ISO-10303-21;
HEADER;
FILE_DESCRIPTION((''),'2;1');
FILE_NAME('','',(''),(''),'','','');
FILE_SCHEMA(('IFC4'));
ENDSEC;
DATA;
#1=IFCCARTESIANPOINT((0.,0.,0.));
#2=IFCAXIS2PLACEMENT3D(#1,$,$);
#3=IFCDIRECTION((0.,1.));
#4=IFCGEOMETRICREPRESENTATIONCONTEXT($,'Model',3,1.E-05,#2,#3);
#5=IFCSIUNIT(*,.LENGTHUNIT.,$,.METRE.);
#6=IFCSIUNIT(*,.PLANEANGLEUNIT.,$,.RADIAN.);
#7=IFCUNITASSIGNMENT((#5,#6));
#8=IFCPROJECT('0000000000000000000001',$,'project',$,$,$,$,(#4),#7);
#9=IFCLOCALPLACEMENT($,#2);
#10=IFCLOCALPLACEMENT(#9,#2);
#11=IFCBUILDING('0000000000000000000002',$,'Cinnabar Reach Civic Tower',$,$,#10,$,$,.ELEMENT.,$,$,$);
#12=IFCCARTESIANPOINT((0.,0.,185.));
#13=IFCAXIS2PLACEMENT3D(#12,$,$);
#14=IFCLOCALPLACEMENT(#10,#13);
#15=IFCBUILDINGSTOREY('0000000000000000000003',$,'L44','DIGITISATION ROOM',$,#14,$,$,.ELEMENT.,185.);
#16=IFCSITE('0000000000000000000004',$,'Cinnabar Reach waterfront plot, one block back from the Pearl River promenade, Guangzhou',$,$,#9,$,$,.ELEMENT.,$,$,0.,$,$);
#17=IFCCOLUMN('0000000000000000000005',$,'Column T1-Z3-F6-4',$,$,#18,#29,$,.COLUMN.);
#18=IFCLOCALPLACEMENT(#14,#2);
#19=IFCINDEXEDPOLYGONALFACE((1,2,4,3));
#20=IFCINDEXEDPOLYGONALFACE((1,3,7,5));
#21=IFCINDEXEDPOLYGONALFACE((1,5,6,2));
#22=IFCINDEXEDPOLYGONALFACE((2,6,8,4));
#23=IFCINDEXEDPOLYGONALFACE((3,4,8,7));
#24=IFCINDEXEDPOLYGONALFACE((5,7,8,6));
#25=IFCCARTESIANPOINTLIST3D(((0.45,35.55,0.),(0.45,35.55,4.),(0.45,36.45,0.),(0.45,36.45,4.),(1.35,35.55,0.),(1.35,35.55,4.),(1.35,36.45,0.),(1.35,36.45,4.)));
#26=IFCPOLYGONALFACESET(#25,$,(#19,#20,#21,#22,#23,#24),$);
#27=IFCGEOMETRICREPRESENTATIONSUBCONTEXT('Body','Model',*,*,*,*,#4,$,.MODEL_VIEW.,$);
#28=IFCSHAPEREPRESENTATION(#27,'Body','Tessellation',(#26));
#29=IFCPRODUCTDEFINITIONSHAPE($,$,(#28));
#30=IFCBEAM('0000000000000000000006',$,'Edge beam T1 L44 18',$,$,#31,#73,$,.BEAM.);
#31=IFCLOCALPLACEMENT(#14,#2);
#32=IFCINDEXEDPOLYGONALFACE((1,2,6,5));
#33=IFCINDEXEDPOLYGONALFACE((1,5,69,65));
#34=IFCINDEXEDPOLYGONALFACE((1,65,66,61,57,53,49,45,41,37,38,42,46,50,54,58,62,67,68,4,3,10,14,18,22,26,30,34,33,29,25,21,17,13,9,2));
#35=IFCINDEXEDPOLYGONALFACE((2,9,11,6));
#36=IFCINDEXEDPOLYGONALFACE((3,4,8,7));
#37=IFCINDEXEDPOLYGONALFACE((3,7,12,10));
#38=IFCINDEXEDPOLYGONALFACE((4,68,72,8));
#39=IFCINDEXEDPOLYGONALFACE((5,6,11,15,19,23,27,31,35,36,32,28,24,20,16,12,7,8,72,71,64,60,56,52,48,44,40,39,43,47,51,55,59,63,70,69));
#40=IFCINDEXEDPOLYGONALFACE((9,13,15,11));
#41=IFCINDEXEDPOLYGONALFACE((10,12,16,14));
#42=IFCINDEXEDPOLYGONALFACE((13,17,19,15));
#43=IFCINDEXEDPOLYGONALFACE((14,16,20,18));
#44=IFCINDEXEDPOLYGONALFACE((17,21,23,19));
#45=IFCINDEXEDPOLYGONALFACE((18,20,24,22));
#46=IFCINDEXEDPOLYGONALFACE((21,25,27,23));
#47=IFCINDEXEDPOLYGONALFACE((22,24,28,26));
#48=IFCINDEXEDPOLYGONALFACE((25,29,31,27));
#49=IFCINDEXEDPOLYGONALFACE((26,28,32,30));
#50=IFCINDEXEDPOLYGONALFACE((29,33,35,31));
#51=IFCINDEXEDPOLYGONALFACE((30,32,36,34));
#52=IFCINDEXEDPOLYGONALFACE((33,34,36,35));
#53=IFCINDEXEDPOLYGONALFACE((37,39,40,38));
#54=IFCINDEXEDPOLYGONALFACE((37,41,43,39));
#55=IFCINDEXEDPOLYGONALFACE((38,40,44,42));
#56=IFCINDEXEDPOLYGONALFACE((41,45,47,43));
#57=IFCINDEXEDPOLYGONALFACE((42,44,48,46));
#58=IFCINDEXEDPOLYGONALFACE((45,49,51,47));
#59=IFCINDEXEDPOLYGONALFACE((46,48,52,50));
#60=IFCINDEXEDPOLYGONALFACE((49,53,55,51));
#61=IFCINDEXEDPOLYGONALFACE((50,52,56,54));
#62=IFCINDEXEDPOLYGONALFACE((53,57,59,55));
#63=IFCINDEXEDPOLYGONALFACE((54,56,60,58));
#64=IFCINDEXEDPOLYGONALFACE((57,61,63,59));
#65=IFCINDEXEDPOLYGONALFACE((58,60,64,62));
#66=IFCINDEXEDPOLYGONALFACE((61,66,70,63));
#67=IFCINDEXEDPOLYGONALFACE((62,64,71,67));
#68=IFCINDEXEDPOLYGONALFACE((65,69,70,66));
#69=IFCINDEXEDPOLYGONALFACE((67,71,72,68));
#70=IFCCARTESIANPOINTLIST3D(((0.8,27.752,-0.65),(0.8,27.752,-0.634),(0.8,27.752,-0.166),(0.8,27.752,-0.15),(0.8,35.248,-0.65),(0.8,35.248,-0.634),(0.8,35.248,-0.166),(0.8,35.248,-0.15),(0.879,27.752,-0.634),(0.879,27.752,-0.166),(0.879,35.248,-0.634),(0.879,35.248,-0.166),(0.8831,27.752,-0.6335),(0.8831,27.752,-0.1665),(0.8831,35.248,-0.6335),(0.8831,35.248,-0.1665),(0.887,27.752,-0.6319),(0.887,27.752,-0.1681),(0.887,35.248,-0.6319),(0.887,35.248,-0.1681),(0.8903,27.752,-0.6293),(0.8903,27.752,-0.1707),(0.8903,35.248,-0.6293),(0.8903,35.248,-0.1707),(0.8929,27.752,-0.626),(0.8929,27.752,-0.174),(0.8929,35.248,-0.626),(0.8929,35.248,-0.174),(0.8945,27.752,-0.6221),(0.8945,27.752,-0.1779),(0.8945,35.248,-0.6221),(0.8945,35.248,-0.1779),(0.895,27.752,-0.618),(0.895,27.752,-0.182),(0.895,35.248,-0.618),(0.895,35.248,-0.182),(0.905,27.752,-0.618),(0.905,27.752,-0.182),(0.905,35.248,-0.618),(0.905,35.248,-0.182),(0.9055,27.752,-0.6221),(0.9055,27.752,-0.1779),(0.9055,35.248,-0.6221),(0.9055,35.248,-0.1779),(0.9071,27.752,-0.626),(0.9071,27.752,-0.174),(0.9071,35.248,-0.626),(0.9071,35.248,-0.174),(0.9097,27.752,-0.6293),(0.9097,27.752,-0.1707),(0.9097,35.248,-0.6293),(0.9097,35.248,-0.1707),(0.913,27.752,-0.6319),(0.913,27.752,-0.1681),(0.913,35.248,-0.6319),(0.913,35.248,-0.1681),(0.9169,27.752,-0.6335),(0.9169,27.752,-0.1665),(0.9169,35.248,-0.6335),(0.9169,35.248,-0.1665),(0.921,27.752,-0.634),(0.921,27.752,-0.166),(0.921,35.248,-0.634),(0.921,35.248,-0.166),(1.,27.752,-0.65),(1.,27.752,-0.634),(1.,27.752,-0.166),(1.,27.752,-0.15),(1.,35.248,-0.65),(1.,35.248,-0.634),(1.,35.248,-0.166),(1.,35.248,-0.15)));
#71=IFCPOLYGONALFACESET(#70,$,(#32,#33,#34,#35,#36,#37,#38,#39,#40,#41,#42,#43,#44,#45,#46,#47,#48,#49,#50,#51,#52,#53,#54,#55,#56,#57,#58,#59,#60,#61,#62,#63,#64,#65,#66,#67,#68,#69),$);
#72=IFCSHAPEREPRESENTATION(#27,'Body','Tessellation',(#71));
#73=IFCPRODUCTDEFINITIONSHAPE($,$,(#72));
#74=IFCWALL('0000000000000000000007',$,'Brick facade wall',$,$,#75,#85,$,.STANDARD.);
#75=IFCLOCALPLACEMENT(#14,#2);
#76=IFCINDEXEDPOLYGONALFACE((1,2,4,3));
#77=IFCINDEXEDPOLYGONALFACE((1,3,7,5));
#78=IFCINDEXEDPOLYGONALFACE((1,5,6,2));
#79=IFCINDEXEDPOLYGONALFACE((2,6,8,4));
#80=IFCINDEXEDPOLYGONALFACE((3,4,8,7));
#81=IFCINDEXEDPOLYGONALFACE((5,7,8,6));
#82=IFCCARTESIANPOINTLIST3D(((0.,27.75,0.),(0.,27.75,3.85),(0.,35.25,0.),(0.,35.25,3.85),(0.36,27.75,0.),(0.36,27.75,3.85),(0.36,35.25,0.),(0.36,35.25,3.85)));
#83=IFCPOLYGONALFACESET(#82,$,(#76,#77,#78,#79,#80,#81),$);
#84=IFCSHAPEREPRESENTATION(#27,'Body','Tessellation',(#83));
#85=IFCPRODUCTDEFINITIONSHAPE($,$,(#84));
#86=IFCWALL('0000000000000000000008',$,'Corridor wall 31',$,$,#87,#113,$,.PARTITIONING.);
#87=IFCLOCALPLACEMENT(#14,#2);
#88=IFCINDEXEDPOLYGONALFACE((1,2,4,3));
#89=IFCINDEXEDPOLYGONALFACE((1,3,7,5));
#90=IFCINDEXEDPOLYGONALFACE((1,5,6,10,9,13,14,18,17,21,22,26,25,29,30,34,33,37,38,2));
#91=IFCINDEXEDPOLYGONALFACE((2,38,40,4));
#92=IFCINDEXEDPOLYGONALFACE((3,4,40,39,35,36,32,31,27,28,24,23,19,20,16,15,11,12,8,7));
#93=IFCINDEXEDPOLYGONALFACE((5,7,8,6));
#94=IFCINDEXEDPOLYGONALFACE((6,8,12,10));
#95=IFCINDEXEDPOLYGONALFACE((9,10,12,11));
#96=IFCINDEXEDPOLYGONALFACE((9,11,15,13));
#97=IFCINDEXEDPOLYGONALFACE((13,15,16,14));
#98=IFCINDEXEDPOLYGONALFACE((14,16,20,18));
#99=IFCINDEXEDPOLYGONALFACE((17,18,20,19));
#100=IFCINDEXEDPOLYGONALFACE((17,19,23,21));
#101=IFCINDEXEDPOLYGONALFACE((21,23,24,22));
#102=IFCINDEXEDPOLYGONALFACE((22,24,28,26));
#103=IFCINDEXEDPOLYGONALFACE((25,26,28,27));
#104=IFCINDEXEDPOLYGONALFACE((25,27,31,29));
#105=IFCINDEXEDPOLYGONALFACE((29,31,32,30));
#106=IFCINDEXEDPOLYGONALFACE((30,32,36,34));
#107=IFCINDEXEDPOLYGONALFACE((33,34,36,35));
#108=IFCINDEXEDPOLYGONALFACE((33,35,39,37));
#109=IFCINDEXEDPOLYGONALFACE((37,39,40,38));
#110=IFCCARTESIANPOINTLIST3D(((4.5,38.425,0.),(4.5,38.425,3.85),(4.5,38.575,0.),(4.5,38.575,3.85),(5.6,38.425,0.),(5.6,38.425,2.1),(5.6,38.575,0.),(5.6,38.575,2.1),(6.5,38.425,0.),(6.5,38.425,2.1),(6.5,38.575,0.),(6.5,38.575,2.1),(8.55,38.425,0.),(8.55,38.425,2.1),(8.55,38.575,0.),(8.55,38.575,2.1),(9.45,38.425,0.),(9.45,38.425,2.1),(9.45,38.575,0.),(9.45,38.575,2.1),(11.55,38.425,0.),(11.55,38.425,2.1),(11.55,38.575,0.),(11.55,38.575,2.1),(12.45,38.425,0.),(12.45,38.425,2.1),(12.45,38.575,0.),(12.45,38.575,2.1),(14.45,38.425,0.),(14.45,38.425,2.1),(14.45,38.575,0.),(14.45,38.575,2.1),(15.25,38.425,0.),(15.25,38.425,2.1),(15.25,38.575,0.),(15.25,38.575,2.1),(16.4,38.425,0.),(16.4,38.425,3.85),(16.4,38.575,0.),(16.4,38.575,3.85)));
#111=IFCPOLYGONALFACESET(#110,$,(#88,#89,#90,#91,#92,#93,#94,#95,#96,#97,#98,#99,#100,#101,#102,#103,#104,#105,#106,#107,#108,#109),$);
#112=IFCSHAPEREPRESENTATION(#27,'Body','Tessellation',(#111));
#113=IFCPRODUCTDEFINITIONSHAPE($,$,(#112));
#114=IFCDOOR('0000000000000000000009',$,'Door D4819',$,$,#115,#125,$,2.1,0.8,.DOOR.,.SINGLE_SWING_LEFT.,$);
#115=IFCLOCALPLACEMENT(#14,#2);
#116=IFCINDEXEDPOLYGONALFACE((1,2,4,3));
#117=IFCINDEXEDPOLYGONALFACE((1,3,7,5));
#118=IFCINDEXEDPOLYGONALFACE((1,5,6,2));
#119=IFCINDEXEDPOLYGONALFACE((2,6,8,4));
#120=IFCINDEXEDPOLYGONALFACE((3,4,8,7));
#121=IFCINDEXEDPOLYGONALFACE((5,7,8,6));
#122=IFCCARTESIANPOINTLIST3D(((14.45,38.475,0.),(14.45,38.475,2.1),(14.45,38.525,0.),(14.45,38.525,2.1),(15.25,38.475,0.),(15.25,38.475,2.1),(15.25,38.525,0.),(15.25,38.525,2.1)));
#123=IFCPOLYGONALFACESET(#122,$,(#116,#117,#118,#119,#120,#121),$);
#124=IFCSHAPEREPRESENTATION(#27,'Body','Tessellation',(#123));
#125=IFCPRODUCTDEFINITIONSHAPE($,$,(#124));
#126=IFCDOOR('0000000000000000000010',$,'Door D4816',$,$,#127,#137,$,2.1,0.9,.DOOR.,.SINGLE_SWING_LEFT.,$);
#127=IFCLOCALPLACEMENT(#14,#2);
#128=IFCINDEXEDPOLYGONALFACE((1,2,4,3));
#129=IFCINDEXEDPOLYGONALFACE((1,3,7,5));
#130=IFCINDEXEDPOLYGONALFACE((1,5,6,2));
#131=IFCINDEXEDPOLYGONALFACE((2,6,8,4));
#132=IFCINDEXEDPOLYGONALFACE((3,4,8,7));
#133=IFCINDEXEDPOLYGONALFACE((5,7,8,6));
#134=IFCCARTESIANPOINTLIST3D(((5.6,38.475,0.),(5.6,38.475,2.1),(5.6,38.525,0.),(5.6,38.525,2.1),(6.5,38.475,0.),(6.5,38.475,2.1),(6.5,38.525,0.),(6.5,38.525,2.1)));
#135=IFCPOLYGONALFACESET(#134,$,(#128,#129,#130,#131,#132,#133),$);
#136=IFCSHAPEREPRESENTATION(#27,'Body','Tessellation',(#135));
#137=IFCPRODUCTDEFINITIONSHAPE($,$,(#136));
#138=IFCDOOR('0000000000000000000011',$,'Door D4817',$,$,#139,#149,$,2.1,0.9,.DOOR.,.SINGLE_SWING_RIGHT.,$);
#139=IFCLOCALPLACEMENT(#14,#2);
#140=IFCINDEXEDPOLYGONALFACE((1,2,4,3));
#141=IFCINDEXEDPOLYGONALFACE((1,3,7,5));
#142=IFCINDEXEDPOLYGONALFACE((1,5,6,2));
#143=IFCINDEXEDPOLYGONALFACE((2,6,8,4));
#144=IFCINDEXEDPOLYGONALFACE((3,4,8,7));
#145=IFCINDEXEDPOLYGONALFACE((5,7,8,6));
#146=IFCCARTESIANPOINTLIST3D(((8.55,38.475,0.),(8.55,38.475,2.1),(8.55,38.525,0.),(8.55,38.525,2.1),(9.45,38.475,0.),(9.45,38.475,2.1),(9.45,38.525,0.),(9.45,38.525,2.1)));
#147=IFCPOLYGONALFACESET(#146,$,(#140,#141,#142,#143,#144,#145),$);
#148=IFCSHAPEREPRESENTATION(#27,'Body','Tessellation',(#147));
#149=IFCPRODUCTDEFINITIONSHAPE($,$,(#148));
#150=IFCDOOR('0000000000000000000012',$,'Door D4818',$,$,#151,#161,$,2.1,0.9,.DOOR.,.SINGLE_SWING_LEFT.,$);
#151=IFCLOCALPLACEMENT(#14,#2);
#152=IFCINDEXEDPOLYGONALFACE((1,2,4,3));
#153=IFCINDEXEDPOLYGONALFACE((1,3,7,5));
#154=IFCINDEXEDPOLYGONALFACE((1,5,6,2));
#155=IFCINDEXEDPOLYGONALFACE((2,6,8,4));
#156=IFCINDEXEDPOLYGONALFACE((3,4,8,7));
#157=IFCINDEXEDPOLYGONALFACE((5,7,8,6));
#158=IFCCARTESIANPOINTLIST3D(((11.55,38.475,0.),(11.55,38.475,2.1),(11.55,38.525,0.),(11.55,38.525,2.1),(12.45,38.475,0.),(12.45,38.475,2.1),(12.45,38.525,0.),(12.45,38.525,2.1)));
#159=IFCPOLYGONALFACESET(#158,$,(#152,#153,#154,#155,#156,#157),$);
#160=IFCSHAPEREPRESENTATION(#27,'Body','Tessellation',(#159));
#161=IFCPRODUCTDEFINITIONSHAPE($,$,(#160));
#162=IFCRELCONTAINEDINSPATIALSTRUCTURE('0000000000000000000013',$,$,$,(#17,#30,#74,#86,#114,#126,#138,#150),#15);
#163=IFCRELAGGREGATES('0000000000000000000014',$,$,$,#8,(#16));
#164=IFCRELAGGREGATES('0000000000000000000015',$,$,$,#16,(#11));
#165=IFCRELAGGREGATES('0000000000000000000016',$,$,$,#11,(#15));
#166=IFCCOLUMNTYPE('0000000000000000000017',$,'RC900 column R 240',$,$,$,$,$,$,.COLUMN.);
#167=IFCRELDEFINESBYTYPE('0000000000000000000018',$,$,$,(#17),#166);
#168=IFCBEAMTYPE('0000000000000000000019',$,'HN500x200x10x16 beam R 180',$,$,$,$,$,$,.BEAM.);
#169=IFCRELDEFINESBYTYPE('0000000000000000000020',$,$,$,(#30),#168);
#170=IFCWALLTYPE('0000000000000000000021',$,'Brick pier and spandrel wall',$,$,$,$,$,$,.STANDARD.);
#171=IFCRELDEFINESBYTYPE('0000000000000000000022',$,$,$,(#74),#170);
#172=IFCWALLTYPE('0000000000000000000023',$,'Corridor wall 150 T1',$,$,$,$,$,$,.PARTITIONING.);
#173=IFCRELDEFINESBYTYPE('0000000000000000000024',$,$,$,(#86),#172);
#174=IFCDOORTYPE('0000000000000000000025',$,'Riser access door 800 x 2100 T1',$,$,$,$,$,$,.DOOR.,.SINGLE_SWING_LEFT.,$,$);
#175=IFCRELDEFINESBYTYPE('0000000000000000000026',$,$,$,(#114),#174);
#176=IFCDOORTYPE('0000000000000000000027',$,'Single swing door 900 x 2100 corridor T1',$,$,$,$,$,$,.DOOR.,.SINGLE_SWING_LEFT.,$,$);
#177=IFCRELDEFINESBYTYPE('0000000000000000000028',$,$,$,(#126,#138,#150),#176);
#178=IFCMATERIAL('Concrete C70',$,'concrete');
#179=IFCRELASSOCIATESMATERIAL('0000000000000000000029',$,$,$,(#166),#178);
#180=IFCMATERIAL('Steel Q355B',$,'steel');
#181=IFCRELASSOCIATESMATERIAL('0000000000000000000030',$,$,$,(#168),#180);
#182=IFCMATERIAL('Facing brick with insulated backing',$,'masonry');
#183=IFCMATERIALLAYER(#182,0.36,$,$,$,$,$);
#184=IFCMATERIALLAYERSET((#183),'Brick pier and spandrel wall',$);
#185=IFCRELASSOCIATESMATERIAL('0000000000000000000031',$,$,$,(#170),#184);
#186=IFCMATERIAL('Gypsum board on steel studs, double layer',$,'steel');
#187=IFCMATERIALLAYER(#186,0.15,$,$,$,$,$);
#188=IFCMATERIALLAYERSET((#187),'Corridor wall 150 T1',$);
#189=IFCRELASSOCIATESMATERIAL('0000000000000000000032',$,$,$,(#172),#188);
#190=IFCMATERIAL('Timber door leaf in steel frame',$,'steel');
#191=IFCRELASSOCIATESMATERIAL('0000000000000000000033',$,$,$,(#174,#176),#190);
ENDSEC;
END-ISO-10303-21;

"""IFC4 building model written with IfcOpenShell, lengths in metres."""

from ifc_helpers import new_model, si_unit, direction, frame, frame_2d, origin, origin_2d, place, context, subcontext, project, spatial, rectangle, i_section, extrude, material, layer, layer_set, material_profile, profile_set, type_object, element, fill, save


model = new_model("IFC4")

# Units and contexts
model_context = context("Model", 3, precision=1e-05, world=origin(), true_north=direction((0.0, 1.0)))
body_context = subcontext(model_context, "Body", "Model", "MODEL_VIEW")
ifc_project = project(units=[si_unit("LENGTHUNIT", "METRE"), si_unit("PLANEANGLEUNIT", "RADIAN")], contexts=[model_context])

# Site, building, storey
site_placement = place(None, origin())
site = spatial("IfcSite", under=ifc_project, at=site_placement, Name="Cinnabar Reach waterfront plot, one block back from the Pearl River promenade, Guangzhou", CompositionType="ELEMENT", RefElevation=0.0)
building_placement = place(site_placement, origin())
building = spatial("IfcBuilding", under=site, at=building_placement, Name="Cinnabar Reach Civic Tower", CompositionType="ELEMENT")
storey_placement = place(building_placement, frame((0.0, 0.0, 185.0)))
storey = spatial("IfcBuildingStorey", under=building, at=storey_placement, Name="L44", Description="DIGITISATION ROOM", CompositionType="ELEMENT", Elevation=185.0)

# Column
ifc_material_1 = material(Name="Concrete C70", Category="concrete")
ifc_material_profile_1 = material_profile(ifc_material_1, rectangle(XDim=0.9, YDim=0.9, at=origin_2d()), Name="RC900")
ifc_profile_set_1 = profile_set([ifc_material_profile_1], Name="Concrete C70")
column_type = type_object("IfcColumnType", Name="RC900 column R 240", PredefinedType="COLUMN", material=ifc_profile_set_1)
column_placement = place(storey_placement, frame((0.9, 36.0, 0.0), z_axis=(0.0, 0.0, 1.0), x_axis=(1.0, 0.0, 0.0)))
element("IfcColumn", 1, at=column_placement, inside=storey, type_object=column_type, Name="Column T1-Z3-F6-4", PredefinedType="COLUMN", context=body_context, shape_type="SweptSolid", body=[
    extrude(rectangle(XDim=0.9, YDim=0.9, at=origin_2d()), origin(), (0.0, 0.0, 1.0), 4.0),
])

# Beam
ifc_material_2 = material(Name="Steel Q355B", Category="steel")
ifc_material_profile_2 = material_profile(ifc_material_2, i_section(OverallWidth=0.2, OverallDepth=0.5, WebThickness=0.01, FlangeThickness=0.016, FilletRadius=0.016, at=origin_2d()), Name="HN500x200x10x16")
ifc_profile_set_2 = profile_set([ifc_material_profile_2], Name="Steel Q355B")
beam_type = type_object("IfcBeamType", Name="HN500x200x10x16 beam R 180", PredefinedType="BEAM", material=ifc_profile_set_2)
beam_placement = place(storey_placement, frame((0.9, 35.248, -0.4), z_axis=(0.0, -1.0, 0.0), x_axis=(1.0, 0.0, 0.0)))
element("IfcBeam", 2, at=beam_placement, inside=storey, type_object=beam_type, Name="Edge beam T1 L44 18", PredefinedType="BEAM", context=body_context, shape_type="SweptSolid", body=[
    extrude(i_section(OverallWidth=0.2, OverallDepth=0.5, WebThickness=0.01, FlangeThickness=0.016, FilletRadius=0.016, at=origin_2d()), origin(), (0.0, 0.0, 1.0), 7.496),
])

# Wall
ifc_material_3 = material(Name="Facing brick with insulated backing", Category="masonry")
ifc_layer_1 = layer(ifc_material_3, 0.36)
ifc_layer_set_1 = layer_set([ifc_layer_1], Name="Brick pier and spandrel wall")
wall_type_1 = type_object("IfcWallType", Name="Brick pier and spandrel wall", PredefinedType="STANDARD", material=ifc_layer_set_1)
wall_1_placement = place(storey_placement, frame((0.18, 35.25, 0.0), z_axis=(0.0, 0.0, 1.0), x_axis=(0.0, -1.0, 0.0)))
element("IfcWall", 3, at=wall_1_placement, inside=storey, type_object=wall_type_1, Name="Brick facade wall", PredefinedType="STANDARD", context=body_context, shape_type="SweptSolid", body=[
    extrude(rectangle(XDim=7.5, YDim=0.36, at=frame_2d((3.75, 0.0))), origin(), (0.0, 0.0, 1.0), 3.85),
])

# Wall, openings, doors
ifc_material_4 = material(Name="Gypsum board on steel studs, double layer", Category="steel")
ifc_layer_2 = layer(ifc_material_4, 0.15)
ifc_layer_set_2 = layer_set([ifc_layer_2], Name="Corridor wall 150 T1")
wall_type_2 = type_object("IfcWallType", Name="Corridor wall 150 T1", PredefinedType="PARTITIONING", material=ifc_layer_set_2)
wall_2_placement = place(storey_placement, frame((4.5, 38.5, 0.0), z_axis=(0.0, 0.0, 1.0), x_axis=(1.0, 0.0, 0.0)))
wall_2 = element("IfcWall", 4, at=wall_2_placement, inside=storey, type_object=wall_type_2, Name="Corridor wall 31", PredefinedType="PARTITIONING", context=body_context, shape_type="SweptSolid", body=[
    extrude(rectangle(XDim=11.9, YDim=0.15, at=frame_2d((5.95, 0.0))), origin(), (0.0, 0.0, 1.0), 3.85),
])
opening_1_placement = place(wall_2_placement, frame((1.1, 0.0, 0.0)))
opening_1 = element("IfcOpeningElement", 5, at=opening_1_placement, cuts=wall_2, PredefinedType="OPENING", context=body_context, shape_type="SweptSolid", body=[
    extrude(rectangle(XDim=0.9, YDim=2.1, at=frame_2d((0.45, 1.05))), frame((0.0, 0.085, 0.0), z_axis=(0.0, -1.0, 0.0), x_axis=(1.0, 0.0, 0.0)), (0.0, 0.0, 1.0), 0.17),
])
opening_2_placement = place(wall_2_placement, frame((4.05, 0.0, 0.0)))
opening_2 = element("IfcOpeningElement", 6, at=opening_2_placement, cuts=wall_2, PredefinedType="OPENING", context=body_context, shape_type="SweptSolid", body=[
    extrude(rectangle(XDim=0.9, YDim=2.1, at=frame_2d((0.45, 1.05))), frame((0.0, 0.085, 0.0), z_axis=(0.0, -1.0, 0.0), x_axis=(1.0, 0.0, 0.0)), (0.0, 0.0, 1.0), 0.17),
])
opening_3_placement = place(wall_2_placement, frame((7.05, 0.0, 0.0)))
opening_3 = element("IfcOpeningElement", 7, at=opening_3_placement, cuts=wall_2, PredefinedType="OPENING", context=body_context, shape_type="SweptSolid", body=[
    extrude(rectangle(XDim=0.9, YDim=2.1, at=frame_2d((0.45, 1.05))), frame((0.0, 0.085, 0.0), z_axis=(0.0, -1.0, 0.0), x_axis=(1.0, 0.0, 0.0)), (0.0, 0.0, 1.0), 0.17),
])
opening_4_placement = place(wall_2_placement, frame((9.95, 0.0, 0.0)))
opening_4 = element("IfcOpeningElement", 8, at=opening_4_placement, cuts=wall_2, PredefinedType="OPENING", context=body_context, shape_type="SweptSolid", body=[
    extrude(rectangle(XDim=0.8, YDim=2.1, at=frame_2d((0.4, 1.05))), frame((0.0, 0.085, 0.0), z_axis=(0.0, -1.0, 0.0), x_axis=(1.0, 0.0, 0.0)), (0.0, 0.0, 1.0), 0.17),
])
ifc_material_5 = material(Name="Timber door leaf in steel frame", Category="steel")
door_type_1 = type_object("IfcDoorType", Name="Riser access door 800 x 2100 T1", OperationType="SINGLE_SWING_LEFT", PredefinedType="DOOR", material=ifc_material_5)
door_1_placement = place(opening_4_placement, origin())
door_1 = element("IfcDoor", 9, at=door_1_placement, inside=storey, type_object=door_type_1, Name="Door D4819", OperationType="SINGLE_SWING_LEFT", OverallHeight=2.1, OverallWidth=0.8, PredefinedType="DOOR", context=body_context, shape_type="SweptSolid", body=[
    extrude(rectangle(XDim=0.8, YDim=2.1, at=frame_2d((0.4, 1.05))), frame((0.0, 0.025, 0.0), z_axis=(0.0, -1.0, 0.0), x_axis=(1.0, 0.0, 0.0)), (0.0, 0.0, 1.0), 0.05),
])
fill(opening_4, door_1)
door_type_2 = type_object("IfcDoorType", Name="Single swing door 900 x 2100 corridor T1", OperationType="SINGLE_SWING_LEFT", PredefinedType="DOOR", material=ifc_material_5)
door_2_placement = place(opening_1_placement, origin())
door_2 = element("IfcDoor", 10, at=door_2_placement, inside=storey, type_object=door_type_2, Name="Door D4816", OperationType="SINGLE_SWING_LEFT", OverallHeight=2.1, OverallWidth=0.9, PredefinedType="DOOR", context=body_context, shape_type="SweptSolid", body=[
    extrude(rectangle(XDim=0.9, YDim=2.1, at=frame_2d((0.45, 1.05))), frame((0.0, 0.025, 0.0), z_axis=(0.0, -1.0, 0.0), x_axis=(1.0, 0.0, 0.0)), (0.0, 0.0, 1.0), 0.05),
])
fill(opening_1, door_2)
door_3_placement = place(opening_2_placement, origin())
door_3 = element("IfcDoor", 11, at=door_3_placement, inside=storey, type_object=door_type_2, Name="Door D4817", OperationType="SINGLE_SWING_RIGHT", OverallHeight=2.1, OverallWidth=0.9, PredefinedType="DOOR", context=body_context, shape_type="SweptSolid", body=[
    extrude(rectangle(XDim=0.9, YDim=2.1, at=frame_2d((0.45, 1.05))), frame((0.0, 0.025, 0.0), z_axis=(0.0, -1.0, 0.0), x_axis=(1.0, 0.0, 0.0)), (0.0, 0.0, 1.0), 0.05),
])
fill(opening_2, door_3)
door_4_placement = place(opening_3_placement, origin())
door_4 = element("IfcDoor", 12, at=door_4_placement, inside=storey, type_object=door_type_2, Name="Door D4818", OperationType="SINGLE_SWING_LEFT", OverallHeight=2.1, OverallWidth=0.9, PredefinedType="DOOR", context=body_context, shape_type="SweptSolid", body=[
    extrude(rectangle(XDim=0.9, YDim=2.1, at=frame_2d((0.45, 1.05))), frame((0.0, 0.025, 0.0), z_axis=(0.0, -1.0, 0.0), x_axis=(1.0, 0.0, 0.0)), (0.0, 0.0, 1.0), 0.05),
])
fill(opening_3, door_4)

save(model, "model.ifc")
